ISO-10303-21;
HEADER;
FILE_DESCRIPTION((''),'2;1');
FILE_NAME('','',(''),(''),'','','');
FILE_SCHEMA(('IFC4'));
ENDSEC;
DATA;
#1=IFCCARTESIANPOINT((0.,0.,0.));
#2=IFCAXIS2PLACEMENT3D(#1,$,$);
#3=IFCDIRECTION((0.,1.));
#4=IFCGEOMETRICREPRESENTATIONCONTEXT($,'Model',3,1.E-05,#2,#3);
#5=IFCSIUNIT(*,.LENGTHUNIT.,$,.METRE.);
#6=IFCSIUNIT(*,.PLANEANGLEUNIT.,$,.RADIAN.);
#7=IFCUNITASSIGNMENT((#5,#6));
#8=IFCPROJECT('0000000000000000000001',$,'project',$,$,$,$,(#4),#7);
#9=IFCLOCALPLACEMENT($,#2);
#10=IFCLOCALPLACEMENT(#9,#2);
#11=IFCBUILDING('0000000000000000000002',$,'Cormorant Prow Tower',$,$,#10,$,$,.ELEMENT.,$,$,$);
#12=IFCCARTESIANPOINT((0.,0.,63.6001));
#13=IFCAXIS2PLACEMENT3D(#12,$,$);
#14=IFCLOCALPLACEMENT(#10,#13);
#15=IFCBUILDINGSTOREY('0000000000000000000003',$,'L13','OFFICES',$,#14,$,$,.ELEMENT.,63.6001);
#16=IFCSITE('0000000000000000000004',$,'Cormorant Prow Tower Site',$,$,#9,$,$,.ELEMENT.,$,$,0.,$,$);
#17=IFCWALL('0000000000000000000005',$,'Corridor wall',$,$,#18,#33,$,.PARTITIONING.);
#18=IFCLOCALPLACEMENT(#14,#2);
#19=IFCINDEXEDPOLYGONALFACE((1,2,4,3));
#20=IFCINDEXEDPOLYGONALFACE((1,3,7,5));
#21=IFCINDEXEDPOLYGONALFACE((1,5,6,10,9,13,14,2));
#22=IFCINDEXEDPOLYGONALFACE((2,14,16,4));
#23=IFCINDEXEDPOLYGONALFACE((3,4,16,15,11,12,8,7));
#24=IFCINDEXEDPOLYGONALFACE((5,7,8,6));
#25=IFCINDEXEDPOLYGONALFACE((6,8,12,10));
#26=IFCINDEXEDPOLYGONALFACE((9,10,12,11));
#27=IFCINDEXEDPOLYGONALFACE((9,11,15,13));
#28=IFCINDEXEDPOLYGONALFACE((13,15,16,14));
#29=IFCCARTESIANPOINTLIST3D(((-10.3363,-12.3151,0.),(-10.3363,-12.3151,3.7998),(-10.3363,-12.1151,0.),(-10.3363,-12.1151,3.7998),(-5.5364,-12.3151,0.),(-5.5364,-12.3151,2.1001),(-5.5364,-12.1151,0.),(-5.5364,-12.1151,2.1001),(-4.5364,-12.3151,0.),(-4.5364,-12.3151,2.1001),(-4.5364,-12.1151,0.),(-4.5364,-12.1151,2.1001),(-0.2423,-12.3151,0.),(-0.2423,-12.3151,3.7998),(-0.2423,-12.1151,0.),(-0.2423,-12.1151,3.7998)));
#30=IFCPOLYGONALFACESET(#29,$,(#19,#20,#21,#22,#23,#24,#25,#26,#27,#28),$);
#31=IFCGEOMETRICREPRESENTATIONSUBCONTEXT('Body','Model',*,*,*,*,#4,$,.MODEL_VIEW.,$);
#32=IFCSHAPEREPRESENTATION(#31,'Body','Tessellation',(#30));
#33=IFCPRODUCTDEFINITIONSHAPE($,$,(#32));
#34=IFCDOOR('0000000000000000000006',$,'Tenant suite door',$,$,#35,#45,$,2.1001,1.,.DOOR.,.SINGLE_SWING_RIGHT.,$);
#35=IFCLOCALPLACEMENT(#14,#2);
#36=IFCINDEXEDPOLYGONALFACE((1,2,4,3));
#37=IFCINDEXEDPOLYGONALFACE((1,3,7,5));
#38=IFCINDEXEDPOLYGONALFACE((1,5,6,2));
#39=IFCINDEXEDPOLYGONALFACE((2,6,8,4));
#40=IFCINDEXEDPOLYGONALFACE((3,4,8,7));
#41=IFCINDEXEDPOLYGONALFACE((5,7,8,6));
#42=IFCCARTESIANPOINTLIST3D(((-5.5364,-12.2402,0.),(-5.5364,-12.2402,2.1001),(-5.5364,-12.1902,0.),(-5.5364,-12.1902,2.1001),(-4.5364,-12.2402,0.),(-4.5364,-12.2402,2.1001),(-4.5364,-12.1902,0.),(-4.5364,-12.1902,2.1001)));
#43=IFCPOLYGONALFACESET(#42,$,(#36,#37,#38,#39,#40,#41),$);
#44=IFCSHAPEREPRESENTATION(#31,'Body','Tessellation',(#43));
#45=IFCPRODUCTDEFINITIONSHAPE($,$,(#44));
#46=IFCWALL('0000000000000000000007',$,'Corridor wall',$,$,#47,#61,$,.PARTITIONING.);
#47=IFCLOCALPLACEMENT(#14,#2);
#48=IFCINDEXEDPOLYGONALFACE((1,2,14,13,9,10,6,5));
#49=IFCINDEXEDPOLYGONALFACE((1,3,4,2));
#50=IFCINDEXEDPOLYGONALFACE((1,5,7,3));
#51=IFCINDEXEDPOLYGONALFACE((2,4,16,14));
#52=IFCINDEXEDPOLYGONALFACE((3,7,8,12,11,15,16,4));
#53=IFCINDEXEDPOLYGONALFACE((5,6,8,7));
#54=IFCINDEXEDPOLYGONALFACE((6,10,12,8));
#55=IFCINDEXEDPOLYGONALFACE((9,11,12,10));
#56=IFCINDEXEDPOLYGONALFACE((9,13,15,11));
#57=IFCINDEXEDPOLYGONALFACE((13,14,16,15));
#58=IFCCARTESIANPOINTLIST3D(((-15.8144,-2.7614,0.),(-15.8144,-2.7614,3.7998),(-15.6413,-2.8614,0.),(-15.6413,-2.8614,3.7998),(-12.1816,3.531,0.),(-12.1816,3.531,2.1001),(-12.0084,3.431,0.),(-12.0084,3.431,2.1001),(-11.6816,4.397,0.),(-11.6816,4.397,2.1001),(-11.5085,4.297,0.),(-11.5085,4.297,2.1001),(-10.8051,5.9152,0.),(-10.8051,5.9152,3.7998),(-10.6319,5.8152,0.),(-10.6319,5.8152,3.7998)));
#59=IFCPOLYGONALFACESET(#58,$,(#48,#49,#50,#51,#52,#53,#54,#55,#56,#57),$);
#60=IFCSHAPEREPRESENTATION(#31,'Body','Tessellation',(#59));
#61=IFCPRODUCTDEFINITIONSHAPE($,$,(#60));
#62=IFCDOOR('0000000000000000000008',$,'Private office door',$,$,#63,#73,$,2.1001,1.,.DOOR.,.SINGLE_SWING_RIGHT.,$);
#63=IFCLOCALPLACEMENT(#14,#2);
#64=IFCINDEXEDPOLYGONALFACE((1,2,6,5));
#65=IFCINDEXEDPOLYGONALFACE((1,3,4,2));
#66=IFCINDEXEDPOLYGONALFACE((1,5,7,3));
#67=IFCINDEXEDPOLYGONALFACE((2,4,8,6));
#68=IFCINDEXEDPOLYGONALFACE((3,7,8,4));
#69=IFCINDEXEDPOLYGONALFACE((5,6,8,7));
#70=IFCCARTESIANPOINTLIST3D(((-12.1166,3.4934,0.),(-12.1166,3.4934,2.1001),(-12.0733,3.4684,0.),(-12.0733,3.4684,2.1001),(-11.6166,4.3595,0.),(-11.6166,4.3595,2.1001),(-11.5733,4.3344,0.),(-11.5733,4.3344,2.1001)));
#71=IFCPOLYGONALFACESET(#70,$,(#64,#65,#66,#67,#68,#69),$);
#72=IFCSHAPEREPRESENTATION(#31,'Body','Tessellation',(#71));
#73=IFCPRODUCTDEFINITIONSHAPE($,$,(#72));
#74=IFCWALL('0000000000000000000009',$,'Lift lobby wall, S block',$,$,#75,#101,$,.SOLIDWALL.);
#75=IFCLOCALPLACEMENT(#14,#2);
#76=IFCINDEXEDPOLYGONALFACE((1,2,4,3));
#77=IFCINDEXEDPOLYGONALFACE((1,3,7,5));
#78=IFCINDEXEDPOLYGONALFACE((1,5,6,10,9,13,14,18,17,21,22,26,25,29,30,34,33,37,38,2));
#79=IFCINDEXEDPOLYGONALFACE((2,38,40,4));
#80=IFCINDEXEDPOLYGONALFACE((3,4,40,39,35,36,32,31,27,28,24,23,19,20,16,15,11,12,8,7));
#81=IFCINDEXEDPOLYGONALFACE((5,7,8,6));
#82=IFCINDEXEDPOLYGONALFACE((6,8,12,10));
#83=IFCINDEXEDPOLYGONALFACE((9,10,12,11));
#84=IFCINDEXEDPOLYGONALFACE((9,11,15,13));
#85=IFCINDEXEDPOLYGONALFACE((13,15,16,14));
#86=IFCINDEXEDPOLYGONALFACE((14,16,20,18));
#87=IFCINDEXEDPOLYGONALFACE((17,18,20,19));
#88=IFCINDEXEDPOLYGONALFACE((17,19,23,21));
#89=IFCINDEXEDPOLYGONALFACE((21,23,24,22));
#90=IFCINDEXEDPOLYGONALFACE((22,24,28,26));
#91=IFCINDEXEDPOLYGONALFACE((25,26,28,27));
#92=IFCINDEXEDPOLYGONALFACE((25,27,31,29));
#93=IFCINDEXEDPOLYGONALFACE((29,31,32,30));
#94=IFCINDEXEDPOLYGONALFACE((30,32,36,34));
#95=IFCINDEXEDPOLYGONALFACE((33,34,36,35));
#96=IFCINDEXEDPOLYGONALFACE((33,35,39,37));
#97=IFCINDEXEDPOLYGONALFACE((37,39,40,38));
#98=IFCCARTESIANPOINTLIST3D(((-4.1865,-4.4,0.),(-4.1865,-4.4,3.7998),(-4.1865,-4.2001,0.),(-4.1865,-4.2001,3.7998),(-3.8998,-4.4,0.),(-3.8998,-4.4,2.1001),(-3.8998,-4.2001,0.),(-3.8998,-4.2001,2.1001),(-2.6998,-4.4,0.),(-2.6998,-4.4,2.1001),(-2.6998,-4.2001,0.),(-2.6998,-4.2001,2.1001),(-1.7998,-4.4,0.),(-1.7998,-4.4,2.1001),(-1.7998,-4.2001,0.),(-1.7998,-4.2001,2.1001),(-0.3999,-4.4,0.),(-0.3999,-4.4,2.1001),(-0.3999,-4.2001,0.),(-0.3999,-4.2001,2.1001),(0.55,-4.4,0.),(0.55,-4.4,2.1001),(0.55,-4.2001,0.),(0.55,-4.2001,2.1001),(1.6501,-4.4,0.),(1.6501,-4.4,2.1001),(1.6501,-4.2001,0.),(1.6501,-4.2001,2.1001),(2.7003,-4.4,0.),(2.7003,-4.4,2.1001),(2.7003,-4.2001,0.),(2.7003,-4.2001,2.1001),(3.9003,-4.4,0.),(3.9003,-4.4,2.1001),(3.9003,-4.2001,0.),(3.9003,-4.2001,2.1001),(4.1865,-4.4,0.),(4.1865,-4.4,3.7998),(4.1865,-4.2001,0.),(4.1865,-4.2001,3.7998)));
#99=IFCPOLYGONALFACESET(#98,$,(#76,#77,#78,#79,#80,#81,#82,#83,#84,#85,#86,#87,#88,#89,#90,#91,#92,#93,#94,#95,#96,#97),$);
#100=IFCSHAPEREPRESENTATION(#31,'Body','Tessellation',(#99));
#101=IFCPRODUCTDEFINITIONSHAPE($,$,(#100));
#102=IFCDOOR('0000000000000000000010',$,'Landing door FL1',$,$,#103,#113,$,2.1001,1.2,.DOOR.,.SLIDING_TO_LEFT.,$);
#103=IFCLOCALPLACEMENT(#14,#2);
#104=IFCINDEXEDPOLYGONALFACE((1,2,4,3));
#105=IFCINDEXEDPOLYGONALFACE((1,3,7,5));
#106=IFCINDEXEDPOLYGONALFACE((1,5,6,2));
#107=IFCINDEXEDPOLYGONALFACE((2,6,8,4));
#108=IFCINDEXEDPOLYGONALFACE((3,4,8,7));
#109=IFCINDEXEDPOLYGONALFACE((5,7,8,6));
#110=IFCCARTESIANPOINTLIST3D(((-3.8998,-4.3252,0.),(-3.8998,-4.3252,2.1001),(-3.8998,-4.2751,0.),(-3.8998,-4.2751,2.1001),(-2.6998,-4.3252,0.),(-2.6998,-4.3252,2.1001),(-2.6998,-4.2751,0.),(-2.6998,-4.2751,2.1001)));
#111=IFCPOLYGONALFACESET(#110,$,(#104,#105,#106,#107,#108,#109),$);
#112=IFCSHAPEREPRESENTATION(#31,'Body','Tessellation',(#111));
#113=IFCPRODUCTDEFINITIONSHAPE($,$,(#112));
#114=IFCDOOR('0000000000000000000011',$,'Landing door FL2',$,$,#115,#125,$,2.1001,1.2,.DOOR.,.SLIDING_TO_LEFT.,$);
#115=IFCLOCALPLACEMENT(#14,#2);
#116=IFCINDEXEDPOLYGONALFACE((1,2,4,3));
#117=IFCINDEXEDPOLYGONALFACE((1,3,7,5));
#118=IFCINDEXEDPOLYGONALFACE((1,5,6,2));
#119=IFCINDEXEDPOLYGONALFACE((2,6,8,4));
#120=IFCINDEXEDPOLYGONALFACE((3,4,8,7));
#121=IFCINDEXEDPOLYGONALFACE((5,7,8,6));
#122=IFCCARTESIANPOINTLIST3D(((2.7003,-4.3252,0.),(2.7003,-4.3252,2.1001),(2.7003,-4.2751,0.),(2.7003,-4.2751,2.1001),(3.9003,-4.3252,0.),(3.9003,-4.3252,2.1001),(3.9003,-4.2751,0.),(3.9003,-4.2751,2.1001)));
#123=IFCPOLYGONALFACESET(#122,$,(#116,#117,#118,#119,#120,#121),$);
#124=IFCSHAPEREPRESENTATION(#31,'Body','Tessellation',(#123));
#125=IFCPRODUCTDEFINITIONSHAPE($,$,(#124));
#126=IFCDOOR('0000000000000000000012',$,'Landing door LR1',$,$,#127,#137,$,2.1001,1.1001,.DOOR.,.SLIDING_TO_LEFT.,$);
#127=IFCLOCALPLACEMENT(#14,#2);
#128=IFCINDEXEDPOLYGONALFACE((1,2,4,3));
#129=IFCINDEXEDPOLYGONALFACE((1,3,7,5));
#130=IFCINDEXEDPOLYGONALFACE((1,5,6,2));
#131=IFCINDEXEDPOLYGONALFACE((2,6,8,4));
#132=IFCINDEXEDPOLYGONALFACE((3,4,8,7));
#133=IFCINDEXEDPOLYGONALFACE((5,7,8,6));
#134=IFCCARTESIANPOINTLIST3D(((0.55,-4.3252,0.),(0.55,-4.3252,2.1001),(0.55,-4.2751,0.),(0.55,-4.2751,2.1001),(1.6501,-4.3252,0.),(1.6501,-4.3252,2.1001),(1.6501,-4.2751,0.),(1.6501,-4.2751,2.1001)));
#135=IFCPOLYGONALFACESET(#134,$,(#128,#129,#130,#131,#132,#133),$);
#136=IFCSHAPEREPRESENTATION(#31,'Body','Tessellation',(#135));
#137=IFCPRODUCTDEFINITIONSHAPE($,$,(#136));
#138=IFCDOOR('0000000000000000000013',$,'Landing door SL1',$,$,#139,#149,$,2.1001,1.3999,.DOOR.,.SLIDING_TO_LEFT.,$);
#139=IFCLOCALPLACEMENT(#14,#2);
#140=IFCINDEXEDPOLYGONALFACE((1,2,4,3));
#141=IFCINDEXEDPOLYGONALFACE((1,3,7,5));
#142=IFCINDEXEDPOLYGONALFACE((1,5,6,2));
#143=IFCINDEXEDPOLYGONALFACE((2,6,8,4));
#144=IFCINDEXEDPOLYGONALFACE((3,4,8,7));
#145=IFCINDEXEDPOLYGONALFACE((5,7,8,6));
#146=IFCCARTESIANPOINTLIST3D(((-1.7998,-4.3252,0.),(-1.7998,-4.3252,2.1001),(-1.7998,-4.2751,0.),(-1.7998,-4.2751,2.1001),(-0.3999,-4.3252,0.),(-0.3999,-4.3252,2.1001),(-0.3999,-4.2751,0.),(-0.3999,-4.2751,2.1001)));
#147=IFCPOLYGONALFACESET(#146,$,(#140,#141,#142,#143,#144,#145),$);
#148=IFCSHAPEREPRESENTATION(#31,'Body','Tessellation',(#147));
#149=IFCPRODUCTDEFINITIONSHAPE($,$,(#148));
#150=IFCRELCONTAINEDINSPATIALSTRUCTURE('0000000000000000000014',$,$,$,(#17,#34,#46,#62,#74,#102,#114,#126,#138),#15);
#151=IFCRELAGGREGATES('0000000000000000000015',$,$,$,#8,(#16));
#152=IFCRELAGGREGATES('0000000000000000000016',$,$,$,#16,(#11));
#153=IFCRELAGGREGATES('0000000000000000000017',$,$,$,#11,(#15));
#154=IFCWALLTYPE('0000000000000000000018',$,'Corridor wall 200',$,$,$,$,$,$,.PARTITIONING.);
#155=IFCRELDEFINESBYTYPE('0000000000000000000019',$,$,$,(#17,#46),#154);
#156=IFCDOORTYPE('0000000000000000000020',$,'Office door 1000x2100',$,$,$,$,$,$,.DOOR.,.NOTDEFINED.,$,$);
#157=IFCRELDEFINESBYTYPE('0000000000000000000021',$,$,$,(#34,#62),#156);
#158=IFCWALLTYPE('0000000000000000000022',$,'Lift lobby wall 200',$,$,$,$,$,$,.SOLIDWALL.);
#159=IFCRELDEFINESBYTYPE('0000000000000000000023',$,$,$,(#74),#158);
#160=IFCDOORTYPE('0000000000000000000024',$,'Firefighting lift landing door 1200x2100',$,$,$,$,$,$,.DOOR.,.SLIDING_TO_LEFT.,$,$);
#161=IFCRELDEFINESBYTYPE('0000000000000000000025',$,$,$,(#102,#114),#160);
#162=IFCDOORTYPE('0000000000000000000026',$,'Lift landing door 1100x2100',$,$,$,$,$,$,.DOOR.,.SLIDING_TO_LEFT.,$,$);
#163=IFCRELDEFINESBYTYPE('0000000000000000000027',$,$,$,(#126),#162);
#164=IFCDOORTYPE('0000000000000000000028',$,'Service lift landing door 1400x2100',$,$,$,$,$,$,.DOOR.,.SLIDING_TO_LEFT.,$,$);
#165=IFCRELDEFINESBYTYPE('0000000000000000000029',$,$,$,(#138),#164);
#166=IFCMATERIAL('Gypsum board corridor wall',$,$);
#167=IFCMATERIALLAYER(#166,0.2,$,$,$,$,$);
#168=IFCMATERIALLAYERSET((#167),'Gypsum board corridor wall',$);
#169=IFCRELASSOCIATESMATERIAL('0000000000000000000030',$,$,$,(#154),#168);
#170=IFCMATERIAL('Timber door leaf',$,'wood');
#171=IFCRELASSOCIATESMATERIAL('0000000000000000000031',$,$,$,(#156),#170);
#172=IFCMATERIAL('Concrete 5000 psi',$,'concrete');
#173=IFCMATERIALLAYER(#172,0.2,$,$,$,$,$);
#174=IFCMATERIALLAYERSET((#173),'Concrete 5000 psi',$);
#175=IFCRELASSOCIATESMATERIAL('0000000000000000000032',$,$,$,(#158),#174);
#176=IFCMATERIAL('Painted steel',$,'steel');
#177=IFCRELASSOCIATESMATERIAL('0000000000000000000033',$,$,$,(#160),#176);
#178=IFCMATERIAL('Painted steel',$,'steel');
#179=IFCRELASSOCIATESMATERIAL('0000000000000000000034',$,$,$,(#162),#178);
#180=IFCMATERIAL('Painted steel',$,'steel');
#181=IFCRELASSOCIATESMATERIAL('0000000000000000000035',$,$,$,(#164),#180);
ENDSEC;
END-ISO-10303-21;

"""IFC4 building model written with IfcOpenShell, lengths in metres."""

from ifc_helpers import new_model, si_unit, direction, frame, frame_2d, origin, place, context, subcontext, project, spatial, rectangle, extrude, material, layer, layer_set, type_object, element, fill, save


model = new_model("IFC4")

# Units and contexts
model_context = context("Model", 3, precision=1e-05, world=origin(), true_north=direction((0.0, 1.0)))
body_context = subcontext(model_context, "Body", "Model", "MODEL_VIEW")
ifc_project = project(units=[si_unit("LENGTHUNIT", "METRE"), si_unit("PLANEANGLEUNIT", "RADIAN")], contexts=[model_context])

# Site, building, storey
site_placement = place(None, origin())
site = spatial("IfcSite", under=ifc_project, at=site_placement, Name="Cormorant Prow Tower Site", CompositionType="ELEMENT", RefElevation=0.0)
building_placement = place(site_placement, origin())
building = spatial("IfcBuilding", under=site, at=building_placement, Name="Cormorant Prow Tower", CompositionType="ELEMENT")
storey_placement = place(building_placement, frame((0.0, 0.0, 63.6001)))
storey = spatial("IfcBuildingStorey", under=building, at=storey_placement, Name="L13", Description="OFFICES", CompositionType="ELEMENT", Elevation=63.6001)

# Walls, openings, doors
ifc_material_1 = material(Name="Gypsum board corridor wall")
ifc_layer_1 = layer(ifc_material_1, 0.2)
ifc_layer_set_1 = layer_set([ifc_layer_1], Name="Gypsum board corridor wall")
wall_type_1 = type_object("IfcWallType", Name="Corridor wall 200", PredefinedType="PARTITIONING", material=ifc_layer_set_1)
wall_1_placement = place(storey_placement, frame((-10.3362, -12.2151, 0.0), z_axis=(0.0, 0.0, 1.0), x_axis=(1.0, 0.0, 0.0)))
wall_1 = element("IfcWall", 1, at=wall_1_placement, inside=storey, type_object=wall_type_1, Name="Corridor wall", PredefinedType="PARTITIONING", context=body_context, shape_type="SweptSolid", body=[
    extrude(rectangle(XDim=10.094, YDim=0.2, at=frame_2d((5.0469, 0.0))), origin(), (0.0, 0.0, 1.0), 3.7998),
])
opening_1_placement = place(wall_1_placement, frame((4.7998, 0.0, 0.0)))
opening_1 = element("IfcOpeningElement", 2, at=opening_1_placement, cuts=wall_1, PredefinedType="OPENING", context=body_context, shape_type="SweptSolid", body=[
    extrude(rectangle(XDim=1.0, YDim=2.1001, at=frame_2d((0.5, 1.05))), frame((0.0, 0.1099, 0.0), z_axis=(0.0, -1.0, 0.0), x_axis=(1.0, 0.0, 0.0)), (0.0, 0.0, 1.0), 0.22),
])
ifc_material_2 = material(Name="Timber door leaf", Category="wood")
door_type_1 = type_object("IfcDoorType", Name="Office door 1000x2100", OperationType="NOTDEFINED", PredefinedType="DOOR", material=ifc_material_2)
door_1_placement = place(opening_1_placement, origin())
door_1 = element("IfcDoor", 3, at=door_1_placement, inside=storey, type_object=door_type_1, Name="Tenant suite door", OperationType="SINGLE_SWING_RIGHT", OverallHeight=2.1001, OverallWidth=1.0, PredefinedType="DOOR", context=body_context, shape_type="SweptSolid", body=[
    extrude(rectangle(XDim=1.0, YDim=2.1001, at=frame_2d((0.5, 1.05))), frame((0.0, 0.0249, 0.0), z_axis=(0.0, -1.0, 0.0), x_axis=(1.0, 0.0, 0.0)), (0.0, 0.0, 1.0), 0.05),
])
fill(opening_1, door_1)
wall_2_placement = place(storey_placement, frame((-15.7278, -2.8113, 0.0), z_axis=(0.0, 0.0, 1.0), x_axis=(0.499992, 0.86603, 0.0)))
wall_2 = element("IfcWall", 4, at=wall_2_placement, inside=storey, type_object=wall_type_1, Name="Corridor wall", PredefinedType="PARTITIONING", context=body_context, shape_type="SweptSolid", body=[
    extrude(rectangle(XDim=10.0188, YDim=0.2, at=frame_2d((5.0093, 0.0))), origin(), (0.0, 0.0, 1.0), 3.7998),
])
opening_2_placement = place(wall_2_placement, frame((7.2656, 0.0, 0.0)))
opening_2 = element("IfcOpeningElement", 5, at=opening_2_placement, cuts=wall_2, PredefinedType="OPENING", context=body_context, shape_type="SweptSolid", body=[
    extrude(rectangle(XDim=1.0, YDim=2.1001, at=frame_2d((0.5, 1.05))), frame((0.0, 0.1099, 0.0), z_axis=(0.0, -1.0, 0.0), x_axis=(1.0, 0.0, 0.0)), (0.0, 0.0, 1.0), 0.22),
])
door_2_placement = place(opening_2_placement, origin())
door_2 = element("IfcDoor", 6, at=door_2_placement, inside=storey, type_object=door_type_1, Name="Private office door", OperationType="SINGLE_SWING_RIGHT", OverallHeight=2.1001, OverallWidth=1.0, PredefinedType="DOOR", context=body_context, shape_type="SweptSolid", body=[
    extrude(rectangle(XDim=1.0, YDim=2.1001, at=frame_2d((0.5, 1.05))), frame((0.0, 0.0249, 0.0), z_axis=(0.0, -1.0, 0.0), x_axis=(1.0, 0.0, 0.0)), (0.0, 0.0, 1.0), 0.05),
])
fill(opening_2, door_2)

# Wall, openings, doors
ifc_material_3 = material(Name="Concrete 5000 psi", Category="concrete")
ifc_layer_2 = layer(ifc_material_3, 0.2)
ifc_layer_set_2 = layer_set([ifc_layer_2], Name="Concrete 5000 psi")
wall_type_2 = type_object("IfcWallType", Name="Lift lobby wall 200", PredefinedType="SOLIDWALL", material=ifc_layer_set_2)
wall_3_placement = place(storey_placement, frame((-4.1865, -4.3, 0.0), z_axis=(0.0, 0.0, 1.0), x_axis=(1.0, 0.0, 0.0)))
wall_3 = element("IfcWall", 7, at=wall_3_placement, inside=storey, type_object=wall_type_2, Name="Lift lobby wall, S block", PredefinedType="SOLIDWALL", context=body_context, shape_type="SweptSolid", body=[
    extrude(rectangle(XDim=8.373, YDim=0.2, at=frame_2d((4.1865, 0.0))), origin(), (0.0, 0.0, 1.0), 3.7998),
])
opening_3_placement = place(wall_3_placement, frame((0.2866, 0.0, 0.0)))
opening_3 = element("IfcOpeningElement", 8, at=opening_3_placement, cuts=wall_3, PredefinedType="OPENING", context=body_context, shape_type="SweptSolid", body=[
    extrude(rectangle(XDim=1.2, YDim=2.1001, at=frame_2d((0.6001, 1.05))), frame((0.0, 0.1099, 0.0), z_axis=(0.0, -1.0, 0.0), x_axis=(1.0, 0.0, 0.0)), (0.0, 0.0, 1.0), 0.22),
])
opening_4_placement = place(wall_3_placement, frame((2.3867, 0.0, 0.0)))
opening_4 = element("IfcOpeningElement", 9, at=opening_4_placement, cuts=wall_3, PredefinedType="OPENING", context=body_context, shape_type="SweptSolid", body=[
    extrude(rectangle(XDim=1.3999, YDim=2.1001, at=frame_2d((0.7, 1.05))), frame((0.0, 0.1099, 0.0), z_axis=(0.0, -1.0, 0.0), x_axis=(1.0, 0.0, 0.0)), (0.0, 0.0, 1.0), 0.22),
])
opening_5_placement = place(wall_3_placement, frame((4.7366, 0.0, 0.0)))
opening_5 = element("IfcOpeningElement", 10, at=opening_5_placement, cuts=wall_3, PredefinedType="OPENING", context=body_context, shape_type="SweptSolid", body=[
    extrude(rectangle(XDim=1.1001, YDim=2.1001, at=frame_2d((0.55, 1.05))), frame((0.0, 0.1099, 0.0), z_axis=(0.0, -1.0, 0.0), x_axis=(1.0, 0.0, 0.0)), (0.0, 0.0, 1.0), 0.22),
])
opening_6_placement = place(wall_3_placement, frame((6.8867, 0.0, 0.0)))
opening_6 = element("IfcOpeningElement", 11, at=opening_6_placement, cuts=wall_3, PredefinedType="OPENING", context=body_context, shape_type="SweptSolid", body=[
    extrude(rectangle(XDim=1.2, YDim=2.1001, at=frame_2d((0.6001, 1.05))), frame((0.0, 0.1099, 0.0), z_axis=(0.0, -1.0, 0.0), x_axis=(1.0, 0.0, 0.0)), (0.0, 0.0, 1.0), 0.22),
])
ifc_material_4 = material(Name="Painted steel", Category="steel")
door_type_2 = type_object("IfcDoorType", Name="Firefighting lift landing door 1200x2100", OperationType="SLIDING_TO_LEFT", PredefinedType="DOOR", material=ifc_material_4)
door_3_placement = place(opening_3_placement, origin())
door_3 = element("IfcDoor", 12, at=door_3_placement, inside=storey, type_object=door_type_2, Name="Landing door FL1", OperationType="SLIDING_TO_LEFT", OverallHeight=2.1001, OverallWidth=1.2, PredefinedType="DOOR", context=body_context, shape_type="SweptSolid", body=[
    extrude(rectangle(XDim=1.2, YDim=2.1001, at=frame_2d((0.6001, 1.05))), frame((0.0, 0.0249, 0.0), z_axis=(0.0, -1.0, 0.0), x_axis=(1.0, 0.0, 0.0)), (0.0, 0.0, 1.0), 0.05),
])
fill(opening_3, door_3)
door_4_placement = place(opening_6_placement, origin())
door_4 = element("IfcDoor", 13, at=door_4_placement, inside=storey, type_object=door_type_2, Name="Landing door FL2", OperationType="SLIDING_TO_LEFT", OverallHeight=2.1001, OverallWidth=1.2, PredefinedType="DOOR", context=body_context, shape_type="SweptSolid", body=[
    extrude(rectangle(XDim=1.2, YDim=2.1001, at=frame_2d((0.6001, 1.05))), frame((0.0, 0.0249, 0.0), z_axis=(0.0, -1.0, 0.0), x_axis=(1.0, 0.0, 0.0)), (0.0, 0.0, 1.0), 0.05),
])
fill(opening_6, door_4)
ifc_material_5 = material(Name="Painted steel", Category="steel")
door_type_3 = type_object("IfcDoorType", Name="Lift landing door 1100x2100", OperationType="SLIDING_TO_LEFT", PredefinedType="DOOR", material=ifc_material_5)
door_5_placement = place(opening_5_placement, origin())
door_5 = element("IfcDoor", 14, at=door_5_placement, inside=storey, type_object=door_type_3, Name="Landing door LR1", OperationType="SLIDING_TO_LEFT", OverallHeight=2.1001, OverallWidth=1.1001, PredefinedType="DOOR", context=body_context, shape_type="SweptSolid", body=[
    extrude(rectangle(XDim=1.1001, YDim=2.1001, at=frame_2d((0.55, 1.05))), frame((0.0, 0.0249, 0.0), z_axis=(0.0, -1.0, 0.0), x_axis=(1.0, 0.0, 0.0)), (0.0, 0.0, 1.0), 0.05),
])
fill(opening_5, door_5)
ifc_material_6 = material(Name="Painted steel", Category="steel")
door_type_4 = type_object("IfcDoorType", Name="Service lift landing door 1400x2100", OperationType="SLIDING_TO_LEFT", PredefinedType="DOOR", material=ifc_material_6)
door_6_placement = place(opening_4_placement, origin())
door_6 = element("IfcDoor", 15, at=door_6_placement, inside=storey, type_object=door_type_4, Name="Landing door SL1", OperationType="SLIDING_TO_LEFT", OverallHeight=2.1001, OverallWidth=1.3999, PredefinedType="DOOR", context=body_context, shape_type="SweptSolid", body=[
    extrude(rectangle(XDim=1.3999, YDim=2.1001, at=frame_2d((0.7, 1.05))), frame((0.0, 0.0249, 0.0), z_axis=(0.0, -1.0, 0.0), x_axis=(1.0, 0.0, 0.0)), (0.0, 0.0, 1.0), 0.05),
])
fill(opening_4, door_6)

save(model, "model.ifc")
